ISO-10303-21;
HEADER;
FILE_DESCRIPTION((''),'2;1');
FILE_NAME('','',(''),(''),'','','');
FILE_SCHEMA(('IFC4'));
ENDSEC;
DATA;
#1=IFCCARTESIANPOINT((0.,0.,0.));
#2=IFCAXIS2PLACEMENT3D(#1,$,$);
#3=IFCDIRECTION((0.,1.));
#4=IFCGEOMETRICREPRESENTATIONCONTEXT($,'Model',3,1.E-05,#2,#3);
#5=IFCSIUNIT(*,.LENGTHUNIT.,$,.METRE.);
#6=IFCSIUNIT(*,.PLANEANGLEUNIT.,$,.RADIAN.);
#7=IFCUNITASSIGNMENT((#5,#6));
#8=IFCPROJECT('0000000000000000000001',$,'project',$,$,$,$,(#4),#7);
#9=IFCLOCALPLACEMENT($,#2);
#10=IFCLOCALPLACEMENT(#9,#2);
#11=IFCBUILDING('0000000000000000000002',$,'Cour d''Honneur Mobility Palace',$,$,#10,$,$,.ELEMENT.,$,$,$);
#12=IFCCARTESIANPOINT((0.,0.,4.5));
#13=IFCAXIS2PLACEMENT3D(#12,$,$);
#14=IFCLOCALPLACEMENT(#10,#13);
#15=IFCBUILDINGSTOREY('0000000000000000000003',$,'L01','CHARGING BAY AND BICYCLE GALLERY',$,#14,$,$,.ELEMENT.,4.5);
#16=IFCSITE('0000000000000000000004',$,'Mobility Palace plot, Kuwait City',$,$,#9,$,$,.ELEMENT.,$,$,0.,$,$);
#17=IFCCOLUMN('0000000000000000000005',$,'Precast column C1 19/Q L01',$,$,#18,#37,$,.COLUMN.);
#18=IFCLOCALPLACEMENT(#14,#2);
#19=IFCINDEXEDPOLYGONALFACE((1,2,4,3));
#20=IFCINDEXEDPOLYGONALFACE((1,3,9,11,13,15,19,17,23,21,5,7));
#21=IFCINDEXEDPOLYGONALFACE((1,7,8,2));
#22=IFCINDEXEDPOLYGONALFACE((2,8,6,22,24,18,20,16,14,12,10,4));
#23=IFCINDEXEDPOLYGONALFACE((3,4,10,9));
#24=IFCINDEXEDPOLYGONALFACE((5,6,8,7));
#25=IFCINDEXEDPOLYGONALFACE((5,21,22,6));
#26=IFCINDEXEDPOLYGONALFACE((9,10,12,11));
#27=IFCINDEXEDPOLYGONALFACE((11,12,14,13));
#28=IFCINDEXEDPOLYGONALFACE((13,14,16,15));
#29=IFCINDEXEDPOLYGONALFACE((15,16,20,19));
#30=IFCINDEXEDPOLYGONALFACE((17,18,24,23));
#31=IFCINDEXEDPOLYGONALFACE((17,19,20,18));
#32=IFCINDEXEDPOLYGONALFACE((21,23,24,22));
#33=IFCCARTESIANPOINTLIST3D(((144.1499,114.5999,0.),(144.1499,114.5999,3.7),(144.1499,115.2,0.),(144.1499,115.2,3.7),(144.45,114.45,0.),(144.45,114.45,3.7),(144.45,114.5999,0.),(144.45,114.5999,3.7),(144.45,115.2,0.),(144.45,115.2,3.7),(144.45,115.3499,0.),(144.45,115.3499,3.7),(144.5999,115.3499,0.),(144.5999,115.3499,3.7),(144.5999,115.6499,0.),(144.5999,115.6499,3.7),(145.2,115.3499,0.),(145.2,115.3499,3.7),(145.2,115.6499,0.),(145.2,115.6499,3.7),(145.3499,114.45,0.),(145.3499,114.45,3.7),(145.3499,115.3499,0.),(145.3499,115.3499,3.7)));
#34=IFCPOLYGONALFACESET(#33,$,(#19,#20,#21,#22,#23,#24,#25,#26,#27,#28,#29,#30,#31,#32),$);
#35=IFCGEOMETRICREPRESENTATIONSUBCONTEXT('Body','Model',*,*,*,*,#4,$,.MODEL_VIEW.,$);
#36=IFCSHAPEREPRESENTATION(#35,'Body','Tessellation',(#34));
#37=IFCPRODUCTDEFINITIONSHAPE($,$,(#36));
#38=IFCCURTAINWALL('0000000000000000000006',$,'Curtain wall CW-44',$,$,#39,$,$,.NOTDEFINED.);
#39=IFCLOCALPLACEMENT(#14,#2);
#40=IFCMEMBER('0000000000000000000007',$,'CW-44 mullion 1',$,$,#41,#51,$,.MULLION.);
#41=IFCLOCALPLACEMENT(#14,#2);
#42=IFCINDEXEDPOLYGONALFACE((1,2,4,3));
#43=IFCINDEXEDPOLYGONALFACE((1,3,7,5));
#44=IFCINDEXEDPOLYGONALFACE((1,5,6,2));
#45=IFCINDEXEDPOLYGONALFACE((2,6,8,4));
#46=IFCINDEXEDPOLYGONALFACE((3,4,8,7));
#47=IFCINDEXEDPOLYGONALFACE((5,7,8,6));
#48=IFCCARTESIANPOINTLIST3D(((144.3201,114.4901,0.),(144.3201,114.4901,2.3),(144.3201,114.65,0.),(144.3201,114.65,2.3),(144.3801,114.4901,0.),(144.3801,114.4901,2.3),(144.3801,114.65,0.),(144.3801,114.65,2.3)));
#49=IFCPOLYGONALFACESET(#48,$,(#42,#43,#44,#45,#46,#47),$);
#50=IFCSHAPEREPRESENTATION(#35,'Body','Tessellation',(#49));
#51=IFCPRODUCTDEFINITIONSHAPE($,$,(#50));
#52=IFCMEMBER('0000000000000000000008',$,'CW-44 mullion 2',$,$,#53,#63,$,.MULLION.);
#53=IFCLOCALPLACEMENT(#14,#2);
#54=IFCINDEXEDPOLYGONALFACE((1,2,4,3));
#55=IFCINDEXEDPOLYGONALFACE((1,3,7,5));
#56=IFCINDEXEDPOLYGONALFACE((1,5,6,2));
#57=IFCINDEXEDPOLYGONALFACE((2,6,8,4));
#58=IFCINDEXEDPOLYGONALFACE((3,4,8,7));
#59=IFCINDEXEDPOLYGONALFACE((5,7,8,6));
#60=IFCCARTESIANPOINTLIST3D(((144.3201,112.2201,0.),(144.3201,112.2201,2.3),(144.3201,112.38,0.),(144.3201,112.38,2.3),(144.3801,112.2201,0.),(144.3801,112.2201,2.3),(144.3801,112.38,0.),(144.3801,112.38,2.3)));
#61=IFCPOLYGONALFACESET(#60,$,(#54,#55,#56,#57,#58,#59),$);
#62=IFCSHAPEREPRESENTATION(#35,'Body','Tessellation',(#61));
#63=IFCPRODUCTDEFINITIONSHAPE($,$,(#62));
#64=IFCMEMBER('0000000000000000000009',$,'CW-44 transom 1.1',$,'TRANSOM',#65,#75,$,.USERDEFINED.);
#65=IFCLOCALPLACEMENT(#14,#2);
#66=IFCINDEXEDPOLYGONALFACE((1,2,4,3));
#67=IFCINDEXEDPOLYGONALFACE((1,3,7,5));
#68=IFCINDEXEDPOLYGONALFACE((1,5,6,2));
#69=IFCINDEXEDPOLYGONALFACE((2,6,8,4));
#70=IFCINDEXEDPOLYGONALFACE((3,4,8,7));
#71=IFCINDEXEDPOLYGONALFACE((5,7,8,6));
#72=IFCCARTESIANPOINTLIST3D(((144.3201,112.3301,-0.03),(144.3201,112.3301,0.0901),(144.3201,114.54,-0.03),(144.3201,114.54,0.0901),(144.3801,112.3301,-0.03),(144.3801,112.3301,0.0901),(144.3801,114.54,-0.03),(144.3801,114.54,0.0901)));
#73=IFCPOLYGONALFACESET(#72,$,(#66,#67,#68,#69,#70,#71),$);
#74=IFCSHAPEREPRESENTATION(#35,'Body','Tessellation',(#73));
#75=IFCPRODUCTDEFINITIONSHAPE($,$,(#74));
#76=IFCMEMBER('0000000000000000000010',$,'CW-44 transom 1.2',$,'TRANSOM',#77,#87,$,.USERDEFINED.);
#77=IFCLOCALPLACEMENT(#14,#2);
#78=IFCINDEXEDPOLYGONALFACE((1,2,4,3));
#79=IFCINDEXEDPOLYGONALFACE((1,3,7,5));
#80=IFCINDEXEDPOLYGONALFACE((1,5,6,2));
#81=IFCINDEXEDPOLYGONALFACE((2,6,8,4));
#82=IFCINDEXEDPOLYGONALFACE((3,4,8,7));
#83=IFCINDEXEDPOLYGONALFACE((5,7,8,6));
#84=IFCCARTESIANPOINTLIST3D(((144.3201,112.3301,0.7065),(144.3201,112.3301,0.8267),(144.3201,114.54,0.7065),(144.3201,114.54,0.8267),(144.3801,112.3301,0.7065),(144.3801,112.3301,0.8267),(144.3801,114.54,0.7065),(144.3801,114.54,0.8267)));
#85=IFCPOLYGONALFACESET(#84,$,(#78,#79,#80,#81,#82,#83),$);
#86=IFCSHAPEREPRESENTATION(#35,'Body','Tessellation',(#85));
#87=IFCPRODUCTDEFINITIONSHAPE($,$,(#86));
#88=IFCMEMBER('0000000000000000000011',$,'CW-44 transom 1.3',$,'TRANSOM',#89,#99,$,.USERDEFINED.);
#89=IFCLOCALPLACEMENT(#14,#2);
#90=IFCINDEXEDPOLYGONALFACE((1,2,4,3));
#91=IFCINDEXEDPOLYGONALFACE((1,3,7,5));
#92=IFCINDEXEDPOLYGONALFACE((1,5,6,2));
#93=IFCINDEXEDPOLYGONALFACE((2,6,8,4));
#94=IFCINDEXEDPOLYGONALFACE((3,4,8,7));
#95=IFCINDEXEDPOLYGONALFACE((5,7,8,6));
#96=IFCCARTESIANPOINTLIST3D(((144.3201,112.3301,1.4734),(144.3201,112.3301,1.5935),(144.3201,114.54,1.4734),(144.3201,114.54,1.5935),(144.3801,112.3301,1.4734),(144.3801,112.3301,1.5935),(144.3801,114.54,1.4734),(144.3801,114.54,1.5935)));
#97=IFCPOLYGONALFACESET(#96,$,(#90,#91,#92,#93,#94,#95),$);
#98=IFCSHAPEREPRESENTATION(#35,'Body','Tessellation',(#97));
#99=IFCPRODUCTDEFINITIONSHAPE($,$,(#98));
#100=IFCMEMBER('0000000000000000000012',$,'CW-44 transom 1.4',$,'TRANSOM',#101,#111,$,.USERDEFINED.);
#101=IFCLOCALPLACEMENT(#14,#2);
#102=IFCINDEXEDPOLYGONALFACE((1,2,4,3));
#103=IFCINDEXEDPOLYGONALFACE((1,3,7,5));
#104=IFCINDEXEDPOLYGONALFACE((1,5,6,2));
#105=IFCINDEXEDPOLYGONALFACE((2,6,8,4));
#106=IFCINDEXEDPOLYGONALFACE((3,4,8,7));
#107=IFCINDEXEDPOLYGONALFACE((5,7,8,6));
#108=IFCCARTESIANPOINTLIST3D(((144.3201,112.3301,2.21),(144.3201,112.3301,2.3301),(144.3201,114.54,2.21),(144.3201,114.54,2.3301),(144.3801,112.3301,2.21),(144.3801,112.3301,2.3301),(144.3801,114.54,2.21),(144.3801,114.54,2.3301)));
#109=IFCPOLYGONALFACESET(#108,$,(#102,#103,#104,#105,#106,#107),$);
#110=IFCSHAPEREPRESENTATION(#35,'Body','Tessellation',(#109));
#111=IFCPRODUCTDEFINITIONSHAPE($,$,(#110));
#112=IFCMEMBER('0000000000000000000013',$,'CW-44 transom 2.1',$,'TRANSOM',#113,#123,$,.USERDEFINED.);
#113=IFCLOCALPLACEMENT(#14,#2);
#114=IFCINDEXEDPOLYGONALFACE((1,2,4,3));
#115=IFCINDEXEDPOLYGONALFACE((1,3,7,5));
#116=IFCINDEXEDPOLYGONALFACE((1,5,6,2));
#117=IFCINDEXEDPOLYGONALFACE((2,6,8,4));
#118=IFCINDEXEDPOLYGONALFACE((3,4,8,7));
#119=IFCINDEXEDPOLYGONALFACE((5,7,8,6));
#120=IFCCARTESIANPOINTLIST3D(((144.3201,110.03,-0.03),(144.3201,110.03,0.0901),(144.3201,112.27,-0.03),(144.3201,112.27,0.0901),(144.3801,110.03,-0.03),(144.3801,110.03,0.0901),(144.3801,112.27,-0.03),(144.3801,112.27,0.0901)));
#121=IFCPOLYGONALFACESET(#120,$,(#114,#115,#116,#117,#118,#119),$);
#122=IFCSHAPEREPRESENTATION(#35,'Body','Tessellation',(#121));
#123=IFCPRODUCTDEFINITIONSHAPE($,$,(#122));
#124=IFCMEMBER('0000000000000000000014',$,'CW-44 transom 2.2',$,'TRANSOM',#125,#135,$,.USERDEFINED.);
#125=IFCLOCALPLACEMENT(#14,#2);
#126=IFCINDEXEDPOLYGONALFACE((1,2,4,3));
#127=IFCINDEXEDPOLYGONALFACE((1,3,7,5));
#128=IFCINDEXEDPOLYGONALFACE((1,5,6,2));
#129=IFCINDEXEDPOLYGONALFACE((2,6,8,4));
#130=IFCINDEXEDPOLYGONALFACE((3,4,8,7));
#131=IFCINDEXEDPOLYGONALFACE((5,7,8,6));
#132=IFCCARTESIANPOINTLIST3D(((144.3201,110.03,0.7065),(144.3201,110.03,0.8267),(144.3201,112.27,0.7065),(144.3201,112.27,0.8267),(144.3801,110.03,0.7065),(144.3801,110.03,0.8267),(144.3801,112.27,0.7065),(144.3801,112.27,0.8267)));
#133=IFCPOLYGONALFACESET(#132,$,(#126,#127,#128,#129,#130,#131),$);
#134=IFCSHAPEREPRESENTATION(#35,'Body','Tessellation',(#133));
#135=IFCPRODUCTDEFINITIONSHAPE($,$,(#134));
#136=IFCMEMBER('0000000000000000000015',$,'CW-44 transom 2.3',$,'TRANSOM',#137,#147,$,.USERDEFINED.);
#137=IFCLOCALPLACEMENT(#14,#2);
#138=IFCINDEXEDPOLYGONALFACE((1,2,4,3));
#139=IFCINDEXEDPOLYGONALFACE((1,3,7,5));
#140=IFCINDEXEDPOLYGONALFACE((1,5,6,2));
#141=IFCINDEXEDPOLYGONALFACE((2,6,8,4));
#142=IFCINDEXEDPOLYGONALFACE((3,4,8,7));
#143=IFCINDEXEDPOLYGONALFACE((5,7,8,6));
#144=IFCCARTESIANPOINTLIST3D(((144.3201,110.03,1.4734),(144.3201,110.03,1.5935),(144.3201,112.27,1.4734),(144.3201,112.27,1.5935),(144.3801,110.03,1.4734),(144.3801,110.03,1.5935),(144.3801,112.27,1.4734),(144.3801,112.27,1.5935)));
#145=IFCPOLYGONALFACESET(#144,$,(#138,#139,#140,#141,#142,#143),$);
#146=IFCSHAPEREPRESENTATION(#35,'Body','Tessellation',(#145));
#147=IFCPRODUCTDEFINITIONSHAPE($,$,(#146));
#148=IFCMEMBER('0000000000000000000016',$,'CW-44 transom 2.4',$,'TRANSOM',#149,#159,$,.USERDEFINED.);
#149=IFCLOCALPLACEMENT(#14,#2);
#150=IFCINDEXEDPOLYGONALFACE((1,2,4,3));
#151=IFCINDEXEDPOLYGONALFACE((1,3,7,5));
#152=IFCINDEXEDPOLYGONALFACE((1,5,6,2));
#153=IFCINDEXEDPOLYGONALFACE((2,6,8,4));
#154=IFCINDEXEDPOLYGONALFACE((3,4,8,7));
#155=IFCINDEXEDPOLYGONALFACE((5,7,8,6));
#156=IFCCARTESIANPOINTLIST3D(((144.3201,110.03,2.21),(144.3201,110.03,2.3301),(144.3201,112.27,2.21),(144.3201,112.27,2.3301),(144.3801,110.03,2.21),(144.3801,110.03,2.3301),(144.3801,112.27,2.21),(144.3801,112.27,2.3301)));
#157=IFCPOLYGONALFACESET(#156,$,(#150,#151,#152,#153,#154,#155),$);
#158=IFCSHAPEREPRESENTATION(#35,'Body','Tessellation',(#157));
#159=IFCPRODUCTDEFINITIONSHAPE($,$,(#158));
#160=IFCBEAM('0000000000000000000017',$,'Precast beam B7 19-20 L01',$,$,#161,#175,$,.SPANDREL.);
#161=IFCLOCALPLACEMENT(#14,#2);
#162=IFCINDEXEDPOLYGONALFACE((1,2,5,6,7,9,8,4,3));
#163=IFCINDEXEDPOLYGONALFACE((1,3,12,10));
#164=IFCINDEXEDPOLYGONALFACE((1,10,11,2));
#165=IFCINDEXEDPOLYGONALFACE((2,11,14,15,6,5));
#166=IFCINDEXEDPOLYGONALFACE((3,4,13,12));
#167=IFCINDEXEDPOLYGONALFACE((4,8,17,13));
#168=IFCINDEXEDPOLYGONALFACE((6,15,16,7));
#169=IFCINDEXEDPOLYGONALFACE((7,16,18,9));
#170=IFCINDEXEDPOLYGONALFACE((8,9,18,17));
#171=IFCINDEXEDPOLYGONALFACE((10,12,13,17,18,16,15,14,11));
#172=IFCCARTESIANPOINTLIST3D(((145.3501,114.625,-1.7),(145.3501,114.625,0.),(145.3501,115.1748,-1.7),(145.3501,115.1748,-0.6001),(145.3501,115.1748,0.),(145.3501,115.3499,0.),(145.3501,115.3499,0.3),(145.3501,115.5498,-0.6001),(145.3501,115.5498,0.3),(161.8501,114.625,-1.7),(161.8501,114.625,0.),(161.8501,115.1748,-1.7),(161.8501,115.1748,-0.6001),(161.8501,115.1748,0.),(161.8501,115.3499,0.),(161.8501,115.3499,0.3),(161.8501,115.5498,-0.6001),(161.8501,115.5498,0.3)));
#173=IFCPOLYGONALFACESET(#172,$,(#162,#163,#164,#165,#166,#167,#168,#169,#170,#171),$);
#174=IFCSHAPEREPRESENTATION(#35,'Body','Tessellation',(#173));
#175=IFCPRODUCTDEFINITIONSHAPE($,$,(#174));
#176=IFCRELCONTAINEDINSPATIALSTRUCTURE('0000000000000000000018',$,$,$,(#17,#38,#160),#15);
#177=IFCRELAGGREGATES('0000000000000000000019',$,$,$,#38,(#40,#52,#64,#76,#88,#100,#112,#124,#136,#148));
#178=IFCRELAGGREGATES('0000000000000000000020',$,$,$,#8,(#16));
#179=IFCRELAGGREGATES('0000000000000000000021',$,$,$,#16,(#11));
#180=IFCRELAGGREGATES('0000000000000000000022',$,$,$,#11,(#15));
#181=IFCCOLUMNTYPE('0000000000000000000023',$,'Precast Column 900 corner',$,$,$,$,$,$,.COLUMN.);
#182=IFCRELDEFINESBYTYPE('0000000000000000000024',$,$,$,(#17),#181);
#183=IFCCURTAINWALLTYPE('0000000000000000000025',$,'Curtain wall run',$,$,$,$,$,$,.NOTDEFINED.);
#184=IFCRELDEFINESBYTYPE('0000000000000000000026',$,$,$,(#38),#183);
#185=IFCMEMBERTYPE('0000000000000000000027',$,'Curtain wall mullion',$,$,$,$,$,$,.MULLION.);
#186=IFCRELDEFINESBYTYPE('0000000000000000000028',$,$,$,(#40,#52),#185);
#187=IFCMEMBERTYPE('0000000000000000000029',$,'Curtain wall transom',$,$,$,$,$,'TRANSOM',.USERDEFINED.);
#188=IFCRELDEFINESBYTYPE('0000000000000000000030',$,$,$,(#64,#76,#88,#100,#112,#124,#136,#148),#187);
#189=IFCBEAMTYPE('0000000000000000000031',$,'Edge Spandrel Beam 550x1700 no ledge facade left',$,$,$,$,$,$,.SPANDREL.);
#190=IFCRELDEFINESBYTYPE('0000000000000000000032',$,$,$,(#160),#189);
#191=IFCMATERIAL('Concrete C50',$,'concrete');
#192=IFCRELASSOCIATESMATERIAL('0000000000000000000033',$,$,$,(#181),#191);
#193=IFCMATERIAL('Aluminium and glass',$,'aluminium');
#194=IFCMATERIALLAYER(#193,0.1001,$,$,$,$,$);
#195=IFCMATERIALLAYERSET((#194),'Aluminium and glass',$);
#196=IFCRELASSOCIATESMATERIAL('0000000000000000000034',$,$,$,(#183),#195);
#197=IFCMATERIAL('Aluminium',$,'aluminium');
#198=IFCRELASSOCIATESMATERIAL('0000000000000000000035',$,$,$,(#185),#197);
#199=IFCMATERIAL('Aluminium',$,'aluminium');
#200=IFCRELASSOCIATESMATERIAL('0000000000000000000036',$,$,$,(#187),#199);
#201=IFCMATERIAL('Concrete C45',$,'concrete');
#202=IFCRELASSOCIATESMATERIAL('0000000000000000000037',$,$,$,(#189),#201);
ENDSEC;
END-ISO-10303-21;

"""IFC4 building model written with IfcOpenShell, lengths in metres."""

from ifc_helpers import new_model, si_unit, direction, frame, origin, origin_2d, place, context, subcontext, project, spatial, polyline, rectangle, outline, extrude, material, layer, layer_set, material_profile, profile_set, type_object, element, aggregate, save


model = new_model("IFC4")

# Units and contexts
model_context = context("Model", 3, precision=1e-05, world=origin(), true_north=direction((0.0, 1.0)))
body_context = subcontext(model_context, "Body", "Model", "MODEL_VIEW")
ifc_project = project(units=[si_unit("LENGTHUNIT", "METRE"), si_unit("PLANEANGLEUNIT", "RADIAN")], contexts=[model_context])

# Site, building, storey
site_placement = place(None, origin())
site = spatial("IfcSite", under=ifc_project, at=site_placement, Name="Mobility Palace plot, Kuwait City", CompositionType="ELEMENT", RefElevation=0.0)
building_placement = place(site_placement, origin())
building = spatial("IfcBuilding", under=site, at=building_placement, Name="Cour d'Honneur Mobility Palace", CompositionType="ELEMENT")
storey_placement = place(building_placement, frame((0.0, 0.0, 4.5)))
storey = spatial("IfcBuildingStorey", under=building, at=storey_placement, Name="L01", Description="CHARGING BAY AND BICYCLE GALLERY", CompositionType="ELEMENT", Elevation=4.5)

# Column
ifc_material_1 = material(Name="Concrete C50", Category="concrete")
ifc_material_profile_1 = material_profile(ifc_material_1, outline(polyline([(-0.45, -0.45), (0.45, -0.45), (0.45, -0.3), (0.75, -0.3), (0.75, 0.3), (0.45, 0.3), (0.45, 0.45), (0.3, 0.45), (0.3, 0.75), (-0.3, 0.75), (-0.3, 0.45), (-0.45, 0.45), (-0.45, -0.45)])), Name="PC C900 corner")
ifc_profile_set_1 = profile_set([ifc_material_profile_1], Name="Concrete C50")
column_type = type_object("IfcColumnType", Name="Precast Column 900 corner", PredefinedType="COLUMN", material=ifc_profile_set_1)
column_placement = place(storey_placement, frame((144.8999, 114.8999, 0.0), z_axis=(0.0, 0.0, 1.0), x_axis=(0.0, 1.0, 0.0)))
element("IfcColumn", 1, at=column_placement, inside=storey, type_object=column_type, Name="Precast column C1 19/Q L01", PredefinedType="COLUMN", context=body_context, shape_type="SweptSolid", body=[
    extrude(outline(polyline([(-0.45, -0.45), (0.45, -0.45), (0.45, -0.3), (0.75, -0.3), (0.75, 0.3), (0.45, 0.3), (0.45, 0.45), (0.3, 0.45), (0.3, 0.75), (-0.3, 0.75), (-0.3, 0.45), (-0.45, 0.45), (-0.45, -0.45)])), origin(), (0.0, 0.0, 1.0), 3.7),
])

# Curtain wall, members
ifc_material_2 = material(Name="Aluminium and glass", Category="aluminium")
ifc_layer_1 = layer(ifc_material_2, 0.1001)
ifc_layer_set_1 = layer_set([ifc_layer_1], Name="Aluminium and glass")
curtain_wall_type = type_object("IfcCurtainWallType", Name="Curtain wall run", PredefinedType="NOTDEFINED", material=ifc_layer_set_1)
curtain_wall_placement = place(storey_placement, origin())
curtain_wall = element("IfcCurtainWall", 2, at=curtain_wall_placement, inside=storey, type_object=curtain_wall_type, Name="Curtain wall CW-44", PredefinedType="NOTDEFINED")
ifc_material_3 = material(Name="Aluminium", Category="aluminium")
ifc_material_profile_2 = material_profile(ifc_material_3, rectangle(XDim=0.0601, YDim=0.1599, at=origin_2d()), Name="Curtain wall mullion")
ifc_profile_set_2 = profile_set([ifc_material_profile_2], Name="Aluminium")
member_type_1 = type_object("IfcMemberType", Name="Curtain wall mullion", PredefinedType="MULLION", material=ifc_profile_set_2)
member_1_placement = place(storey_placement, frame((144.3501, 114.5701, 0.0), z_axis=(0.0, 0.0, 1.0), x_axis=(1.0, 0.0, 0.0)))
member_1 = element("IfcMember", 3, at=member_1_placement, type_object=member_type_1, Name="CW-44 mullion 1", PredefinedType="MULLION", context=body_context, shape_type="SweptSolid", body=[
    extrude(rectangle(XDim=0.0601, YDim=0.1599, at=origin_2d()), origin(), (0.0, 0.0, 1.0), 2.3),
])
member_2_placement = place(storey_placement, frame((144.3501, 112.3, 0.0), z_axis=(0.0, 0.0, 1.0), x_axis=(1.0, 0.0, 0.0)))
member_2 = element("IfcMember", 4, at=member_2_placement, type_object=member_type_1, Name="CW-44 mullion 2", PredefinedType="MULLION", context=body_context, shape_type="SweptSolid", body=[
    extrude(rectangle(XDim=0.0601, YDim=0.1599, at=origin_2d()), origin(), (0.0, 0.0, 1.0), 2.3),
])
ifc_material_4 = material(Name="Aluminium", Category="aluminium")
ifc_material_profile_3 = material_profile(ifc_material_4, rectangle(XDim=0.0601, YDim=0.1201, at=origin_2d()), Name="Curtain wall transom")
ifc_profile_set_3 = profile_set([ifc_material_profile_3], Name="Aluminium")
member_type_2 = type_object("IfcMemberType", Name="Curtain wall transom", ElementType="TRANSOM", PredefinedType="USERDEFINED", material=ifc_profile_set_3)
member_3_placement = place(storey_placement, frame((144.3501, 114.54, 0.03), z_axis=(0.0, -1.0, 0.0), x_axis=(1.0, 0.0, 0.0)))
member_3 = element("IfcMember", 5, at=member_3_placement, type_object=member_type_2, Name="CW-44 transom 1.1", ObjectType="TRANSOM", PredefinedType="USERDEFINED", context=body_context, shape_type="SweptSolid", body=[
    extrude(rectangle(XDim=0.0601, YDim=0.1201, at=origin_2d()), origin(), (0.0, 0.0, 1.0), 2.21),
])
member_4_placement = place(storey_placement, frame((144.3501, 114.54, 0.7666), z_axis=(0.0, -1.0, 0.0), x_axis=(1.0, 0.0, 0.0)))
member_4 = element("IfcMember", 6, at=member_4_placement, type_object=member_type_2, Name="CW-44 transom 1.2", ObjectType="TRANSOM", PredefinedType="USERDEFINED", context=body_context, shape_type="SweptSolid", body=[
    extrude(rectangle(XDim=0.0601, YDim=0.1201, at=origin_2d()), origin(), (0.0, 0.0, 1.0), 2.21),
])
member_5_placement = place(storey_placement, frame((144.3501, 114.54, 1.5334), z_axis=(0.0, -1.0, 0.0), x_axis=(1.0, 0.0, 0.0)))
member_5 = element("IfcMember", 7, at=member_5_placement, type_object=member_type_2, Name="CW-44 transom 1.3", ObjectType="TRANSOM", PredefinedType="USERDEFINED", context=body_context, shape_type="SweptSolid", body=[
    extrude(rectangle(XDim=0.0601, YDim=0.1201, at=origin_2d()), origin(), (0.0, 0.0, 1.0), 2.21),
])
member_6_placement = place(storey_placement, frame((144.3501, 114.54, 2.27), z_axis=(0.0, -1.0, 0.0), x_axis=(1.0, 0.0, 0.0)))
member_6 = element("IfcMember", 8, at=member_6_placement, type_object=member_type_2, Name="CW-44 transom 1.4", ObjectType="TRANSOM", PredefinedType="USERDEFINED", context=body_context, shape_type="SweptSolid", body=[
    extrude(rectangle(XDim=0.0601, YDim=0.1201, at=origin_2d()), origin(), (0.0, 0.0, 1.0), 2.21),
])
member_7_placement = place(storey_placement, frame((144.3501, 112.27, 0.03), z_axis=(0.0, -1.0, 0.0), x_axis=(1.0, 0.0, 0.0)))
member_7 = element("IfcMember", 9, at=member_7_placement, type_object=member_type_2, Name="CW-44 transom 2.1", ObjectType="TRANSOM", PredefinedType="USERDEFINED", context=body_context, shape_type="SweptSolid", body=[
    extrude(rectangle(XDim=0.0601, YDim=0.1201, at=origin_2d()), origin(), (0.0, 0.0, 1.0), 2.24),
])
member_8_placement = place(storey_placement, frame((144.3501, 112.27, 0.7666), z_axis=(0.0, -1.0, 0.0), x_axis=(1.0, 0.0, 0.0)))
member_8 = element("IfcMember", 10, at=member_8_placement, type_object=member_type_2, Name="CW-44 transom 2.2", ObjectType="TRANSOM", PredefinedType="USERDEFINED", context=body_context, shape_type="SweptSolid", body=[
    extrude(rectangle(XDim=0.0601, YDim=0.1201, at=origin_2d()), origin(), (0.0, 0.0, 1.0), 2.24),
])
member_9_placement = place(storey_placement, frame((144.3501, 112.27, 1.5334), z_axis=(0.0, -1.0, 0.0), x_axis=(1.0, 0.0, 0.0)))
member_9 = element("IfcMember", 11, at=member_9_placement, type_object=member_type_2, Name="CW-44 transom 2.3", ObjectType="TRANSOM", PredefinedType="USERDEFINED", context=body_context, shape_type="SweptSolid", body=[
    extrude(rectangle(XDim=0.0601, YDim=0.1201, at=origin_2d()), origin(), (0.0, 0.0, 1.0), 2.24),
])
member_10_placement = place(storey_placement, frame((144.3501, 112.27, 2.27), z_axis=(0.0, -1.0, 0.0), x_axis=(1.0, 0.0, 0.0)))
member_10 = element("IfcMember", 12, at=member_10_placement, type_object=member_type_2, Name="CW-44 transom 2.4", ObjectType="TRANSOM", PredefinedType="USERDEFINED", context=body_context, shape_type="SweptSolid", body=[
    extrude(rectangle(XDim=0.0601, YDim=0.1201, at=origin_2d()), origin(), (0.0, 0.0, 1.0), 2.24),
])

# Beam
ifc_material_5 = material(Name="Concrete C45", Category="concrete")
ifc_material_profile_4 = material_profile(ifc_material_5, outline(polyline([(0.2749, -1.7), (0.2749, -0.6001), (0.6499, -0.6001), (0.6499, 0.3), (0.45, 0.3), (0.45, 0.0), (0.2749, 0.0), (-0.2749, 0.0), (-0.2749, -1.7), (0.2749, -1.7)])), Name="Edge Spandrel Beam 550x1700 no ledge facade left")
ifc_profile_set_4 = profile_set([ifc_material_profile_4], Name="Concrete C45")
beam_type = type_object("IfcBeamType", Name="Edge Spandrel Beam 550x1700 no ledge facade left", PredefinedType="SPANDREL", material=ifc_profile_set_4)
beam_placement = place(storey_placement, frame((145.3501, 114.8999, 0.0), z_axis=(1.0, 0.0, 0.0), x_axis=(0.0, 1.0, 0.0)))
element("IfcBeam", 13, at=beam_placement, inside=storey, type_object=beam_type, Name="Precast beam B7 19-20 L01", PredefinedType="SPANDREL", context=body_context, shape_type="SweptSolid", body=[
    extrude(outline(polyline([(0.2749, -1.7), (0.2749, -0.6001), (0.6499, -0.6001), (0.6499, 0.3), (0.45, 0.3), (0.45, 0.0), (0.2749, 0.0), (-0.2749, 0.0), (-0.2749, -1.7), (0.2749, -1.7)])), origin(), (0.0, 0.0, 1.0), 16.5),
])

aggregate(curtain_wall, [member_1, member_2, member_3, member_4, member_5, member_6, member_7, member_8, member_9, member_10])

save(model, "model.ifc")
